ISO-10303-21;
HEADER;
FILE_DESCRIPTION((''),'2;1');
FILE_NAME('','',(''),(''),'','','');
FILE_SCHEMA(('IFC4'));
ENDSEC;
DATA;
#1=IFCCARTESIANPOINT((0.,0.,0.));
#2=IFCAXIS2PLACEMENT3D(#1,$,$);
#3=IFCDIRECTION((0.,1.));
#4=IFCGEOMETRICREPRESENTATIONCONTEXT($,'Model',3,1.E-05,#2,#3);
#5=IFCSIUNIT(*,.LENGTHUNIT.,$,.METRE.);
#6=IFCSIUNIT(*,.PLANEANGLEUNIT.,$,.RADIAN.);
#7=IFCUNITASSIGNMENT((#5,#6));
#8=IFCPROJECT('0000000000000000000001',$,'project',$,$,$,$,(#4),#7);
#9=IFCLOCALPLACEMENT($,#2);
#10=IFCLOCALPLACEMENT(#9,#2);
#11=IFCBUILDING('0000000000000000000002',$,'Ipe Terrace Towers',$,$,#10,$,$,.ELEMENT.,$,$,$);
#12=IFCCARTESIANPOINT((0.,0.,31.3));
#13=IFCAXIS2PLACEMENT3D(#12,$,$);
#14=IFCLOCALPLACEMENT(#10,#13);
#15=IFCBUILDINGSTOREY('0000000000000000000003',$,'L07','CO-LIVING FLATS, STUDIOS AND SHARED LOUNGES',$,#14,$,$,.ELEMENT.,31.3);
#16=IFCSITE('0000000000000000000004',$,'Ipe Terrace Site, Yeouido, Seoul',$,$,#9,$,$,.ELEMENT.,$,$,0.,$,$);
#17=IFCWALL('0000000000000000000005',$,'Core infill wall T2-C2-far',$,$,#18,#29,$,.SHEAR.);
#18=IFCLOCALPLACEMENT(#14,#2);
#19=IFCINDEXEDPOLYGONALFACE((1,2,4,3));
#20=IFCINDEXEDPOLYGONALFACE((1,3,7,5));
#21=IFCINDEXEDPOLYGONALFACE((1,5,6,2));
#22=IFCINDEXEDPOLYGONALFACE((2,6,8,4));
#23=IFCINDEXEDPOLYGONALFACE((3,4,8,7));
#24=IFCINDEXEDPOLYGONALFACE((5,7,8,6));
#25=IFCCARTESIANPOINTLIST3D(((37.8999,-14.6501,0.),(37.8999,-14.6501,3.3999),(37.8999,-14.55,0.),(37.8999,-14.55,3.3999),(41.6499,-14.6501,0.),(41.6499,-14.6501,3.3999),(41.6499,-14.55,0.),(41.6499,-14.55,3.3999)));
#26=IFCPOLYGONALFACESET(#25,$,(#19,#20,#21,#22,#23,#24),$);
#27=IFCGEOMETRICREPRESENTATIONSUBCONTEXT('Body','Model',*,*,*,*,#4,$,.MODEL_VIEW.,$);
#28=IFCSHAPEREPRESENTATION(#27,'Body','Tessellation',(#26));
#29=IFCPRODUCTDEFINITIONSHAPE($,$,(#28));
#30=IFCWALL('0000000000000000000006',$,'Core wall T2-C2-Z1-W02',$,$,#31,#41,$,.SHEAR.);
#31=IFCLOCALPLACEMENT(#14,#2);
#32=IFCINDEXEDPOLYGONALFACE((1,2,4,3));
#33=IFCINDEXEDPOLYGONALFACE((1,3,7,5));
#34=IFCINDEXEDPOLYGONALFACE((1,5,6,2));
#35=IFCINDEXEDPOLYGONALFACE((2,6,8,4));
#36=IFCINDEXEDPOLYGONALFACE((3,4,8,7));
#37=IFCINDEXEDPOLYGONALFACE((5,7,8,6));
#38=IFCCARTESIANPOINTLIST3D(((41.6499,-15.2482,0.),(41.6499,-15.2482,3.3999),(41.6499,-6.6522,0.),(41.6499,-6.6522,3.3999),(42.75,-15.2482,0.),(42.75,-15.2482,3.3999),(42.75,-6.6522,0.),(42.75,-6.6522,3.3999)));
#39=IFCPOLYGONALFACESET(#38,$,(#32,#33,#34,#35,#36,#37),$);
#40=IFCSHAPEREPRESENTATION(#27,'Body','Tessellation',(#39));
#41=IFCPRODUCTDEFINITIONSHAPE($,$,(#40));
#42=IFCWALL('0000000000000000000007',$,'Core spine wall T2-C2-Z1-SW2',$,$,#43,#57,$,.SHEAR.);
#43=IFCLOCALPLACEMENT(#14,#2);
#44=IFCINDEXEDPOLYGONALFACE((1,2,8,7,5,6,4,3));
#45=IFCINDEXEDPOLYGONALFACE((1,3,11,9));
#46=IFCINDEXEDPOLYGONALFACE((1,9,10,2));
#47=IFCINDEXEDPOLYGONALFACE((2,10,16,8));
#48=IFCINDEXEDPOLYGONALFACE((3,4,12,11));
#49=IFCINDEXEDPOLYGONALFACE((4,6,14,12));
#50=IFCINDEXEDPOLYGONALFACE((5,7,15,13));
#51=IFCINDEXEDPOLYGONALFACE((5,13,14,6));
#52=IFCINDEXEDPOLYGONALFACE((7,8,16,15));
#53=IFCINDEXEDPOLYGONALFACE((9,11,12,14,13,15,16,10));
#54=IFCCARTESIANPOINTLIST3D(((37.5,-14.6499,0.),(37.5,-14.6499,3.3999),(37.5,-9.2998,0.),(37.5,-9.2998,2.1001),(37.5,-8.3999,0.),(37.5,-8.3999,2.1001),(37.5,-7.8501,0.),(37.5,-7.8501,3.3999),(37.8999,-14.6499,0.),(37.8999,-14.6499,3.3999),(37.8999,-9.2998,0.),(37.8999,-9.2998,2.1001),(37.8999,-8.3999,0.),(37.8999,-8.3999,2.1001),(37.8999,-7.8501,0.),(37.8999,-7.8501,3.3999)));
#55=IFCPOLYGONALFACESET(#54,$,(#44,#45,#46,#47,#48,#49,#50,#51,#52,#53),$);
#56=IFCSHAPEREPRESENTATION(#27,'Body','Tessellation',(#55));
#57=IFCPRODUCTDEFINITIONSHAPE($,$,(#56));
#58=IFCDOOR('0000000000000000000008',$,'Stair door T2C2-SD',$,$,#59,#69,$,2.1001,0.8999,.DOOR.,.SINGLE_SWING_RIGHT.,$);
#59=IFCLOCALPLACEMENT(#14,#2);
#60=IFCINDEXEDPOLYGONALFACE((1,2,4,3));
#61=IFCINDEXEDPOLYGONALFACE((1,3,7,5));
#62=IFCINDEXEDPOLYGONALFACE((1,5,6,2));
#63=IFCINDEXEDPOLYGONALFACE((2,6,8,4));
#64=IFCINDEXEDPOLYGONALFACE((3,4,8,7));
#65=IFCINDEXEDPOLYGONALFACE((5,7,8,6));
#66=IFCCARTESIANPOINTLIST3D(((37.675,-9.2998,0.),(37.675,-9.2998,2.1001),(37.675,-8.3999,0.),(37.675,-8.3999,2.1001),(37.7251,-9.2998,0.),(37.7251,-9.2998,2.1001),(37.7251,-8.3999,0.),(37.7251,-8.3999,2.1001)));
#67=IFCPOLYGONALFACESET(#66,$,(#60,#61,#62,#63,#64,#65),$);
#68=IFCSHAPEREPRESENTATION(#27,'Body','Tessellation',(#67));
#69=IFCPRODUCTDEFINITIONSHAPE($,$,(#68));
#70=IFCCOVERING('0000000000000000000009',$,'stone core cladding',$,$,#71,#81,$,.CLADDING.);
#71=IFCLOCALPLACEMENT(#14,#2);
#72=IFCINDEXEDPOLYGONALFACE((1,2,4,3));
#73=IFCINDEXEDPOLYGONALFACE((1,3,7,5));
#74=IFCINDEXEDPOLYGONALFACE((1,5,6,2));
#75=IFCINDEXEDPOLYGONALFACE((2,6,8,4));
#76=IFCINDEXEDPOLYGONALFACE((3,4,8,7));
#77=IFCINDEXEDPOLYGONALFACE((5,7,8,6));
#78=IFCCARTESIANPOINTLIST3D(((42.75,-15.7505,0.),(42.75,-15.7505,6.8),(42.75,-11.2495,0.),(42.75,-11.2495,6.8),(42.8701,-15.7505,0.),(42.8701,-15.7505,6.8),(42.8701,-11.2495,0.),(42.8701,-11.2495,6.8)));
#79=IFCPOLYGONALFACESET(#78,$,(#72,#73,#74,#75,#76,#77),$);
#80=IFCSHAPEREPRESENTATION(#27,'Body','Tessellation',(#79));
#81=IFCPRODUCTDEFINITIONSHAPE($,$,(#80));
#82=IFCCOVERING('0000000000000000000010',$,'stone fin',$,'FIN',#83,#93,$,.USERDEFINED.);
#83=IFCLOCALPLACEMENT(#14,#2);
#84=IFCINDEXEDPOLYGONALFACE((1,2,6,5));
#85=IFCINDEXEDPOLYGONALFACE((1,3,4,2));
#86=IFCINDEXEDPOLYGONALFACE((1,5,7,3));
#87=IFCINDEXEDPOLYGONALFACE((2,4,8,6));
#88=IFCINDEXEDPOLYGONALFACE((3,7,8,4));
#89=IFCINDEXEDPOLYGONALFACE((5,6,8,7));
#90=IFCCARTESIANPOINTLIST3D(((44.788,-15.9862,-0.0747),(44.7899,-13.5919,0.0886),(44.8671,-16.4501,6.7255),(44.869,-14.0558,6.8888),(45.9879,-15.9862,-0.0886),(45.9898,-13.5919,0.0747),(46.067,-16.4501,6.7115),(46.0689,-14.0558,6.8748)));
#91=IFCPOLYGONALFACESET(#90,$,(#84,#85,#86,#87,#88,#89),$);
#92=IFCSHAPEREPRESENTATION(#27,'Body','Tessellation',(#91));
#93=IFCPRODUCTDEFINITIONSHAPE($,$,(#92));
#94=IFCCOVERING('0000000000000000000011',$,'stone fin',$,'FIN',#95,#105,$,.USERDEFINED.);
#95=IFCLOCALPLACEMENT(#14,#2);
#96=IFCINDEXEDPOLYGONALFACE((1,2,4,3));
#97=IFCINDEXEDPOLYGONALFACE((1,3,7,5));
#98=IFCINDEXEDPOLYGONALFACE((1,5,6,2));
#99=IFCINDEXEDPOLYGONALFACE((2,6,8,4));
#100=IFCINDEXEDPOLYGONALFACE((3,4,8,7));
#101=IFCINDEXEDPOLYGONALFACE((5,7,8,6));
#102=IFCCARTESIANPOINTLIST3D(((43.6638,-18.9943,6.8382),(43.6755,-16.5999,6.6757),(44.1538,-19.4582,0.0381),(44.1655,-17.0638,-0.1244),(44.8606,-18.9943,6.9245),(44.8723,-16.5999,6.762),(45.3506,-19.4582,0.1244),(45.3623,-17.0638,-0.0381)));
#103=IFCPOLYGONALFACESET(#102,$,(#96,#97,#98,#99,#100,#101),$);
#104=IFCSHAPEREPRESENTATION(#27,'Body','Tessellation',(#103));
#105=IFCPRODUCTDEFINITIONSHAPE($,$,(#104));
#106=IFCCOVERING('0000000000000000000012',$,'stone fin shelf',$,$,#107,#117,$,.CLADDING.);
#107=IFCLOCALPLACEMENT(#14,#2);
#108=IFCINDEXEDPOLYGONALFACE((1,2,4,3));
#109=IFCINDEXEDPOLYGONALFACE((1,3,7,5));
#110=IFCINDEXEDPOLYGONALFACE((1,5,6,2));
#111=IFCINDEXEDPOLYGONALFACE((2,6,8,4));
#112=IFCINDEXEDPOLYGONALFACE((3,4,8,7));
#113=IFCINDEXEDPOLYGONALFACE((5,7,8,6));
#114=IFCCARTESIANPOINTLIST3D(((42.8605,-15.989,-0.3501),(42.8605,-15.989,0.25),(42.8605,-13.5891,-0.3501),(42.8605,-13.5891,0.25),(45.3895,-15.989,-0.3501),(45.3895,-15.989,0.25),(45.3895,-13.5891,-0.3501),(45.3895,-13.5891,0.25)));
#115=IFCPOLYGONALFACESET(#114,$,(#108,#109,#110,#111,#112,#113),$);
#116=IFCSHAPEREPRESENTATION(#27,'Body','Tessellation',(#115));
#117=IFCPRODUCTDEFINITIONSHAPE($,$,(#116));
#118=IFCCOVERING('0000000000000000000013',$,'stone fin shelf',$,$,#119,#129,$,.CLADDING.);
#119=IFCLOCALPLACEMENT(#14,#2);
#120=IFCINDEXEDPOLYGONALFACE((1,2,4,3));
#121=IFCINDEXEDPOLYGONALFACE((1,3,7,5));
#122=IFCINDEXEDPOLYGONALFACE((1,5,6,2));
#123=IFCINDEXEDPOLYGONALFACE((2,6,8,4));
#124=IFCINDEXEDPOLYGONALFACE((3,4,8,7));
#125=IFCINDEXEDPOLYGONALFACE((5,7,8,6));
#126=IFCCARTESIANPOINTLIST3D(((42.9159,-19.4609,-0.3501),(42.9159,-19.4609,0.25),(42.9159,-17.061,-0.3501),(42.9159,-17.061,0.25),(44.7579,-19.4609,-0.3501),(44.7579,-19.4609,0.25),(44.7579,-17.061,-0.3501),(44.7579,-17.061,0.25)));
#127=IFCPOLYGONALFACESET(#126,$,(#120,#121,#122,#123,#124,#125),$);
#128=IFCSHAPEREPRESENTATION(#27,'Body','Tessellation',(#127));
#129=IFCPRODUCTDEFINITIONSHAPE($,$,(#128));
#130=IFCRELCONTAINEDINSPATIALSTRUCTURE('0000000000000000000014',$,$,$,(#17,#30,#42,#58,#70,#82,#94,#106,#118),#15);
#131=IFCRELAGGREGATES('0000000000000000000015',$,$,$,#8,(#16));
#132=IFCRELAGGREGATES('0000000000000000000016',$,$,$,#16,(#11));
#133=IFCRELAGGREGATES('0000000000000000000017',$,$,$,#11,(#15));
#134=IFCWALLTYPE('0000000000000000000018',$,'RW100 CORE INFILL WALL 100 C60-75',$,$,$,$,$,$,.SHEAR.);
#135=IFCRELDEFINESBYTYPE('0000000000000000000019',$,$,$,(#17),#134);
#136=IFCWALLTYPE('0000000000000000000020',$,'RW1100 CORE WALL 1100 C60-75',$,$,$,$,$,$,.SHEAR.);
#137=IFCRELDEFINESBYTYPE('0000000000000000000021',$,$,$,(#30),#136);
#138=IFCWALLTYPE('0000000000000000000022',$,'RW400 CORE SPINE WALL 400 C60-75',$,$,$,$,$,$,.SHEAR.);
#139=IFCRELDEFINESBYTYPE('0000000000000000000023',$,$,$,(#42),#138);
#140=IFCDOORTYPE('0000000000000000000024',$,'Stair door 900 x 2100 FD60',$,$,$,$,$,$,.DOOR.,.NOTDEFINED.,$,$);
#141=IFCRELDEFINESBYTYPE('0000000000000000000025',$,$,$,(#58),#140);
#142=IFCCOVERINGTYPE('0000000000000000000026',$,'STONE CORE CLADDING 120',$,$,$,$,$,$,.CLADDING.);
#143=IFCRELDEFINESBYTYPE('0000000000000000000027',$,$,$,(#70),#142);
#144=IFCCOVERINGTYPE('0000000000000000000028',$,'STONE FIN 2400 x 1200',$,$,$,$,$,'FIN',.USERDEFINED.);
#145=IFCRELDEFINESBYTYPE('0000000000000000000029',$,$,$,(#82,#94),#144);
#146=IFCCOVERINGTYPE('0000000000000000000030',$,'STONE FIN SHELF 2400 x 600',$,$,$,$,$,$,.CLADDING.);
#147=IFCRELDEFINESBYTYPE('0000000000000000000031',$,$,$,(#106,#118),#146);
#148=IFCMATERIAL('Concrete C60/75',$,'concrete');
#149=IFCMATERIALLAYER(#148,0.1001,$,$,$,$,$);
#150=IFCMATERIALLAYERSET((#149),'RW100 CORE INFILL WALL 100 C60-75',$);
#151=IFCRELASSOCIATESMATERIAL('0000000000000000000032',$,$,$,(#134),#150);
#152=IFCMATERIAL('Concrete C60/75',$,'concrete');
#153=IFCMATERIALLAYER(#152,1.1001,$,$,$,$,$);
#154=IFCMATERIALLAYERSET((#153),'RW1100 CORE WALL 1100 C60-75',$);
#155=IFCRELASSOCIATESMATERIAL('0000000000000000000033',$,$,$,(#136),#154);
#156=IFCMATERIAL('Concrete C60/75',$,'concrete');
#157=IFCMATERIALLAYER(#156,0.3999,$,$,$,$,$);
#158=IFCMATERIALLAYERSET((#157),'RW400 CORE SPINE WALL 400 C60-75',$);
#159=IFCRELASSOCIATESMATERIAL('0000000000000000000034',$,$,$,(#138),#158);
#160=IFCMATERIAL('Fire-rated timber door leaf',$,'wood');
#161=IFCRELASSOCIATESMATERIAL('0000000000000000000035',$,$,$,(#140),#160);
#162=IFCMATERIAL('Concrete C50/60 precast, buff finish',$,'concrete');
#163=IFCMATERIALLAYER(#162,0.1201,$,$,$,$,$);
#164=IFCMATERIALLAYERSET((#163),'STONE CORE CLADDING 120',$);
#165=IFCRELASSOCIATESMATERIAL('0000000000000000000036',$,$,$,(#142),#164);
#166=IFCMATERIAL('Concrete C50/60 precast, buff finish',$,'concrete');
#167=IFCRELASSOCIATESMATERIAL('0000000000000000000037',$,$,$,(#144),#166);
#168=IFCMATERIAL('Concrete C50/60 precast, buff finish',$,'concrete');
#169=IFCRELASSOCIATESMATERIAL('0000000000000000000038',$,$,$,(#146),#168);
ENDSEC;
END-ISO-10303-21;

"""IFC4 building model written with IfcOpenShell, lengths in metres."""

from ifc_helpers import new_model, si_unit, direction, frame, frame_2d, origin, origin_2d, place, context, subcontext, project, spatial, rectangle, extrude, material, layer, layer_set, material_profile, profile_set, type_object, element, fill, save


model = new_model("IFC4")

# Units and contexts
model_context = context("Model", 3, precision=1e-05, world=origin(), true_north=direction((0.0, 1.0)))
body_context = subcontext(model_context, "Body", "Model", "MODEL_VIEW")
ifc_project = project(units=[si_unit("LENGTHUNIT", "METRE"), si_unit("PLANEANGLEUNIT", "RADIAN")], contexts=[model_context])

# Site, building, storey
site_placement = place(None, origin())
site = spatial("IfcSite", under=ifc_project, at=site_placement, Name="Ipe Terrace Site, Yeouido, Seoul", CompositionType="ELEMENT", RefElevation=0.0)
building_placement = place(site_placement, origin())
building = spatial("IfcBuilding", under=site, at=building_placement, Name="Ipe Terrace Towers", CompositionType="ELEMENT")
storey_placement = place(building_placement, frame((0.0, 0.0, 31.3)))
storey = spatial("IfcBuildingStorey", under=building, at=storey_placement, Name="L07", Description="CO-LIVING FLATS, STUDIOS AND SHARED LOUNGES", CompositionType="ELEMENT", Elevation=31.3)

# Walls
ifc_material_1 = material(Name="Concrete C60/75", Category="concrete")
ifc_layer_1 = layer(ifc_material_1, 0.1001)
ifc_layer_set_1 = layer_set([ifc_layer_1], Name="RW100 CORE INFILL WALL 100 C60-75")
wall_type_1 = type_object("IfcWallType", Name="RW100 CORE INFILL WALL 100 C60-75", PredefinedType="SHEAR", material=ifc_layer_set_1)
wall_1_placement = place(storey_placement, frame((37.8999, -14.6001, 0.0), z_axis=(0.0, 0.0, 1.0), x_axis=(1.0, 0.0, 0.0)))
element("IfcWall", 1, at=wall_1_placement, inside=storey, type_object=wall_type_1, Name="Core infill wall T2-C2-far", PredefinedType="SHEAR", context=body_context, shape_type="SweptSolid", body=[
    extrude(rectangle(XDim=3.75, YDim=0.1001, at=frame_2d((1.875, 0.0))), origin(), (0.0, 0.0, 1.0), 3.3999),
])
ifc_material_2 = material(Name="Concrete C60/75", Category="concrete")
ifc_layer_2 = layer(ifc_material_2, 1.1001)
ifc_layer_set_2 = layer_set([ifc_layer_2], Name="RW1100 CORE WALL 1100 C60-75")
wall_type_2 = type_object("IfcWallType", Name="RW1100 CORE WALL 1100 C60-75", PredefinedType="SHEAR", material=ifc_layer_set_2)
wall_2_placement = place(storey_placement, frame((42.2, -15.248, 0.0), z_axis=(0.0, 0.0, 1.0), x_axis=(0.0, 1.0, 0.0)))
element("IfcWall", 2, at=wall_2_placement, inside=storey, type_object=wall_type_2, Name="Core wall T2-C2-Z1-W02", PredefinedType="SHEAR", context=body_context, shape_type="SweptSolid", body=[
    extrude(rectangle(XDim=8.5959, YDim=1.1001, at=frame_2d((4.2979, 0.0))), origin(), (0.0, 0.0, 1.0), 3.3999),
])

# Wall, opening, door
ifc_material_3 = material(Name="Concrete C60/75", Category="concrete")
ifc_layer_3 = layer(ifc_material_3, 0.3999)
ifc_layer_set_3 = layer_set([ifc_layer_3], Name="RW400 CORE SPINE WALL 400 C60-75")
wall_type_3 = type_object("IfcWallType", Name="RW400 CORE SPINE WALL 400 C60-75", PredefinedType="SHEAR", material=ifc_layer_set_3)
wall_3_placement = place(storey_placement, frame((37.7, -14.6499, 0.0), z_axis=(0.0, 0.0, 1.0), x_axis=(0.0, 1.0, 0.0)))
wall_3 = element("IfcWall", 3, at=wall_3_placement, inside=storey, type_object=wall_type_3, Name="Core spine wall T2-C2-Z1-SW2", PredefinedType="SHEAR", context=body_context, shape_type="SweptSolid", body=[
    extrude(rectangle(XDim=6.7998, YDim=0.3999, at=frame_2d((3.3999, 0.0))), origin(), (0.0, 0.0, 1.0), 3.3999),
])
opening_1_placement = place(wall_3_placement, frame((5.3501, 0.0, 0.0)))
opening_1 = element("IfcOpeningElement", 4, at=opening_1_placement, cuts=wall_3, PredefinedType="OPENING", context=body_context, shape_type="SweptSolid", body=[
    extrude(rectangle(XDim=0.8999, YDim=2.1001, at=frame_2d((0.45, 1.05))), frame((0.0, 0.21, 0.0), z_axis=(0.0, -1.0, 0.0), x_axis=(1.0, 0.0, 0.0)), (0.0, 0.0, 1.0), 0.4199),
])
ifc_material_4 = material(Name="Fire-rated timber door leaf", Category="wood")
door_type_1 = type_object("IfcDoorType", Name="Stair door 900 x 2100 FD60", OperationType="NOTDEFINED", PredefinedType="DOOR", material=ifc_material_4)
door_1_placement = place(opening_1_placement, origin())
door_1 = element("IfcDoor", 5, at=door_1_placement, inside=storey, type_object=door_type_1, Name="Stair door T2C2-SD", OperationType="SINGLE_SWING_RIGHT", OverallHeight=2.1001, OverallWidth=0.8999, PredefinedType="DOOR", context=body_context, shape_type="SweptSolid", body=[
    extrude(rectangle(XDim=0.8999, YDim=2.1001, at=frame_2d((0.45, 1.05))), frame((0.0, 0.0249, 0.0), z_axis=(0.0, -1.0, 0.0), x_axis=(1.0, 0.0, 0.0)), (0.0, 0.0, 1.0), 0.05),
])
fill(opening_1, door_1)

# Coverings
ifc_material_5 = material(Name="Concrete C50/60 precast, buff finish", Category="concrete")
ifc_layer_4 = layer(ifc_material_5, 0.1201)
ifc_layer_set_4 = layer_set([ifc_layer_4], Name="STONE CORE CLADDING 120")
covering_type_1 = type_object("IfcCoveringType", Name="STONE CORE CLADDING 120", PredefinedType="CLADDING", material=ifc_layer_set_4)
covering_1_placement = place(storey_placement, frame((42.8101, -13.5, 0.0), z_axis=(0.0, 0.0, 1.0), x_axis=(0.0, 1.0, 0.0)))
element("IfcCovering", 6, at=covering_1_placement, inside=storey, type_object=covering_type_1, Name="stone core cladding", PredefinedType="CLADDING", context=body_context, shape_type="SweptSolid", body=[
    extrude(rectangle(XDim=4.501, YDim=0.1201, at=origin_2d()), origin(), (0.0, 0.0, 1.0), 6.8),
])
ifc_material_6 = material(Name="Concrete C50/60 precast, buff finish", Category="concrete")
ifc_material_profile_1 = material_profile(ifc_material_6, rectangle(XDim=2.3999, YDim=1.2, at=origin_2d()), Name="STONE FIN 2400 x 1200")
ifc_profile_set_1 = profile_set([ifc_material_profile_1], Name="Concrete C50/60 precast, buff finish")
covering_type_2 = type_object("IfcCoveringType", Name="STONE FIN 2400 x 1200", ElementType="FIN", PredefinedType="USERDEFINED", material=ifc_profile_set_1)
covering_2_placement = place(storey_placement, frame((45.3889, -14.7891, 0.0), z_axis=(0.011605, -0.068053, 0.997614), x_axis=(0.000792, 0.997682, 0.068048)))
element("IfcCovering", 7, at=covering_2_placement, inside=storey, type_object=covering_type_2, Name="stone fin", ObjectType="FIN", PredefinedType="USERDEFINED", context=body_context, shape_type="SweptSolid", body=[
    extrude(rectangle(XDim=2.3999, YDim=1.2, at=origin_2d()), origin(), (0.0, 0.0, 1.0), 6.8164),
])
covering_3_placement = place(storey_placement, frame((44.7581, -18.261, 0.0), z_axis=(-0.071705, 0.067882, 0.995113), x_axis=(0.004879, 0.997693, -0.067706)))
element("IfcCovering", 8, at=covering_3_placement, inside=storey, type_object=covering_type_2, Name="stone fin", ObjectType="FIN", PredefinedType="USERDEFINED", context=body_context, shape_type="SweptSolid", body=[
    extrude(rectangle(XDim=2.3999, YDim=1.2, at=origin_2d()), origin(), (0.0, 0.0, 1.0), 6.8335),
])
ifc_material_7 = material(Name="Concrete C50/60 precast, buff finish", Category="concrete")
covering_type_3 = type_object("IfcCoveringType", Name="STONE FIN SHELF 2400 x 600", PredefinedType="CLADDING", material=ifc_material_7)
covering_4_placement = place(storey_placement, frame((44.125, -14.7891, -0.3501), z_axis=(0.0, 0.0, 1.0), x_axis=(0.0, 1.0, 0.0)))
element("IfcCovering", 9, at=covering_4_placement, inside=storey, type_object=covering_type_3, Name="stone fin shelf", PredefinedType="CLADDING", context=body_context, shape_type="SweptSolid", body=[
    extrude(rectangle(XDim=2.3999, YDim=2.5291, at=origin_2d()), origin(), (0.0, 0.0, 1.0), 0.6001),
])
covering_5_placement = place(storey_placement, frame((43.8369, -18.261, -0.3501), z_axis=(0.0, 0.0, 1.0), x_axis=(0.0, 1.0, 0.0)))
element("IfcCovering", 10, at=covering_5_placement, inside=storey, type_object=covering_type_3, Name="stone fin shelf", PredefinedType="CLADDING", context=body_context, shape_type="SweptSolid", body=[
    extrude(rectangle(XDim=2.3999, YDim=1.842, at=origin_2d()), origin(), (0.0, 0.0, 1.0), 0.6001),
])

save(model, "model.ifc")
